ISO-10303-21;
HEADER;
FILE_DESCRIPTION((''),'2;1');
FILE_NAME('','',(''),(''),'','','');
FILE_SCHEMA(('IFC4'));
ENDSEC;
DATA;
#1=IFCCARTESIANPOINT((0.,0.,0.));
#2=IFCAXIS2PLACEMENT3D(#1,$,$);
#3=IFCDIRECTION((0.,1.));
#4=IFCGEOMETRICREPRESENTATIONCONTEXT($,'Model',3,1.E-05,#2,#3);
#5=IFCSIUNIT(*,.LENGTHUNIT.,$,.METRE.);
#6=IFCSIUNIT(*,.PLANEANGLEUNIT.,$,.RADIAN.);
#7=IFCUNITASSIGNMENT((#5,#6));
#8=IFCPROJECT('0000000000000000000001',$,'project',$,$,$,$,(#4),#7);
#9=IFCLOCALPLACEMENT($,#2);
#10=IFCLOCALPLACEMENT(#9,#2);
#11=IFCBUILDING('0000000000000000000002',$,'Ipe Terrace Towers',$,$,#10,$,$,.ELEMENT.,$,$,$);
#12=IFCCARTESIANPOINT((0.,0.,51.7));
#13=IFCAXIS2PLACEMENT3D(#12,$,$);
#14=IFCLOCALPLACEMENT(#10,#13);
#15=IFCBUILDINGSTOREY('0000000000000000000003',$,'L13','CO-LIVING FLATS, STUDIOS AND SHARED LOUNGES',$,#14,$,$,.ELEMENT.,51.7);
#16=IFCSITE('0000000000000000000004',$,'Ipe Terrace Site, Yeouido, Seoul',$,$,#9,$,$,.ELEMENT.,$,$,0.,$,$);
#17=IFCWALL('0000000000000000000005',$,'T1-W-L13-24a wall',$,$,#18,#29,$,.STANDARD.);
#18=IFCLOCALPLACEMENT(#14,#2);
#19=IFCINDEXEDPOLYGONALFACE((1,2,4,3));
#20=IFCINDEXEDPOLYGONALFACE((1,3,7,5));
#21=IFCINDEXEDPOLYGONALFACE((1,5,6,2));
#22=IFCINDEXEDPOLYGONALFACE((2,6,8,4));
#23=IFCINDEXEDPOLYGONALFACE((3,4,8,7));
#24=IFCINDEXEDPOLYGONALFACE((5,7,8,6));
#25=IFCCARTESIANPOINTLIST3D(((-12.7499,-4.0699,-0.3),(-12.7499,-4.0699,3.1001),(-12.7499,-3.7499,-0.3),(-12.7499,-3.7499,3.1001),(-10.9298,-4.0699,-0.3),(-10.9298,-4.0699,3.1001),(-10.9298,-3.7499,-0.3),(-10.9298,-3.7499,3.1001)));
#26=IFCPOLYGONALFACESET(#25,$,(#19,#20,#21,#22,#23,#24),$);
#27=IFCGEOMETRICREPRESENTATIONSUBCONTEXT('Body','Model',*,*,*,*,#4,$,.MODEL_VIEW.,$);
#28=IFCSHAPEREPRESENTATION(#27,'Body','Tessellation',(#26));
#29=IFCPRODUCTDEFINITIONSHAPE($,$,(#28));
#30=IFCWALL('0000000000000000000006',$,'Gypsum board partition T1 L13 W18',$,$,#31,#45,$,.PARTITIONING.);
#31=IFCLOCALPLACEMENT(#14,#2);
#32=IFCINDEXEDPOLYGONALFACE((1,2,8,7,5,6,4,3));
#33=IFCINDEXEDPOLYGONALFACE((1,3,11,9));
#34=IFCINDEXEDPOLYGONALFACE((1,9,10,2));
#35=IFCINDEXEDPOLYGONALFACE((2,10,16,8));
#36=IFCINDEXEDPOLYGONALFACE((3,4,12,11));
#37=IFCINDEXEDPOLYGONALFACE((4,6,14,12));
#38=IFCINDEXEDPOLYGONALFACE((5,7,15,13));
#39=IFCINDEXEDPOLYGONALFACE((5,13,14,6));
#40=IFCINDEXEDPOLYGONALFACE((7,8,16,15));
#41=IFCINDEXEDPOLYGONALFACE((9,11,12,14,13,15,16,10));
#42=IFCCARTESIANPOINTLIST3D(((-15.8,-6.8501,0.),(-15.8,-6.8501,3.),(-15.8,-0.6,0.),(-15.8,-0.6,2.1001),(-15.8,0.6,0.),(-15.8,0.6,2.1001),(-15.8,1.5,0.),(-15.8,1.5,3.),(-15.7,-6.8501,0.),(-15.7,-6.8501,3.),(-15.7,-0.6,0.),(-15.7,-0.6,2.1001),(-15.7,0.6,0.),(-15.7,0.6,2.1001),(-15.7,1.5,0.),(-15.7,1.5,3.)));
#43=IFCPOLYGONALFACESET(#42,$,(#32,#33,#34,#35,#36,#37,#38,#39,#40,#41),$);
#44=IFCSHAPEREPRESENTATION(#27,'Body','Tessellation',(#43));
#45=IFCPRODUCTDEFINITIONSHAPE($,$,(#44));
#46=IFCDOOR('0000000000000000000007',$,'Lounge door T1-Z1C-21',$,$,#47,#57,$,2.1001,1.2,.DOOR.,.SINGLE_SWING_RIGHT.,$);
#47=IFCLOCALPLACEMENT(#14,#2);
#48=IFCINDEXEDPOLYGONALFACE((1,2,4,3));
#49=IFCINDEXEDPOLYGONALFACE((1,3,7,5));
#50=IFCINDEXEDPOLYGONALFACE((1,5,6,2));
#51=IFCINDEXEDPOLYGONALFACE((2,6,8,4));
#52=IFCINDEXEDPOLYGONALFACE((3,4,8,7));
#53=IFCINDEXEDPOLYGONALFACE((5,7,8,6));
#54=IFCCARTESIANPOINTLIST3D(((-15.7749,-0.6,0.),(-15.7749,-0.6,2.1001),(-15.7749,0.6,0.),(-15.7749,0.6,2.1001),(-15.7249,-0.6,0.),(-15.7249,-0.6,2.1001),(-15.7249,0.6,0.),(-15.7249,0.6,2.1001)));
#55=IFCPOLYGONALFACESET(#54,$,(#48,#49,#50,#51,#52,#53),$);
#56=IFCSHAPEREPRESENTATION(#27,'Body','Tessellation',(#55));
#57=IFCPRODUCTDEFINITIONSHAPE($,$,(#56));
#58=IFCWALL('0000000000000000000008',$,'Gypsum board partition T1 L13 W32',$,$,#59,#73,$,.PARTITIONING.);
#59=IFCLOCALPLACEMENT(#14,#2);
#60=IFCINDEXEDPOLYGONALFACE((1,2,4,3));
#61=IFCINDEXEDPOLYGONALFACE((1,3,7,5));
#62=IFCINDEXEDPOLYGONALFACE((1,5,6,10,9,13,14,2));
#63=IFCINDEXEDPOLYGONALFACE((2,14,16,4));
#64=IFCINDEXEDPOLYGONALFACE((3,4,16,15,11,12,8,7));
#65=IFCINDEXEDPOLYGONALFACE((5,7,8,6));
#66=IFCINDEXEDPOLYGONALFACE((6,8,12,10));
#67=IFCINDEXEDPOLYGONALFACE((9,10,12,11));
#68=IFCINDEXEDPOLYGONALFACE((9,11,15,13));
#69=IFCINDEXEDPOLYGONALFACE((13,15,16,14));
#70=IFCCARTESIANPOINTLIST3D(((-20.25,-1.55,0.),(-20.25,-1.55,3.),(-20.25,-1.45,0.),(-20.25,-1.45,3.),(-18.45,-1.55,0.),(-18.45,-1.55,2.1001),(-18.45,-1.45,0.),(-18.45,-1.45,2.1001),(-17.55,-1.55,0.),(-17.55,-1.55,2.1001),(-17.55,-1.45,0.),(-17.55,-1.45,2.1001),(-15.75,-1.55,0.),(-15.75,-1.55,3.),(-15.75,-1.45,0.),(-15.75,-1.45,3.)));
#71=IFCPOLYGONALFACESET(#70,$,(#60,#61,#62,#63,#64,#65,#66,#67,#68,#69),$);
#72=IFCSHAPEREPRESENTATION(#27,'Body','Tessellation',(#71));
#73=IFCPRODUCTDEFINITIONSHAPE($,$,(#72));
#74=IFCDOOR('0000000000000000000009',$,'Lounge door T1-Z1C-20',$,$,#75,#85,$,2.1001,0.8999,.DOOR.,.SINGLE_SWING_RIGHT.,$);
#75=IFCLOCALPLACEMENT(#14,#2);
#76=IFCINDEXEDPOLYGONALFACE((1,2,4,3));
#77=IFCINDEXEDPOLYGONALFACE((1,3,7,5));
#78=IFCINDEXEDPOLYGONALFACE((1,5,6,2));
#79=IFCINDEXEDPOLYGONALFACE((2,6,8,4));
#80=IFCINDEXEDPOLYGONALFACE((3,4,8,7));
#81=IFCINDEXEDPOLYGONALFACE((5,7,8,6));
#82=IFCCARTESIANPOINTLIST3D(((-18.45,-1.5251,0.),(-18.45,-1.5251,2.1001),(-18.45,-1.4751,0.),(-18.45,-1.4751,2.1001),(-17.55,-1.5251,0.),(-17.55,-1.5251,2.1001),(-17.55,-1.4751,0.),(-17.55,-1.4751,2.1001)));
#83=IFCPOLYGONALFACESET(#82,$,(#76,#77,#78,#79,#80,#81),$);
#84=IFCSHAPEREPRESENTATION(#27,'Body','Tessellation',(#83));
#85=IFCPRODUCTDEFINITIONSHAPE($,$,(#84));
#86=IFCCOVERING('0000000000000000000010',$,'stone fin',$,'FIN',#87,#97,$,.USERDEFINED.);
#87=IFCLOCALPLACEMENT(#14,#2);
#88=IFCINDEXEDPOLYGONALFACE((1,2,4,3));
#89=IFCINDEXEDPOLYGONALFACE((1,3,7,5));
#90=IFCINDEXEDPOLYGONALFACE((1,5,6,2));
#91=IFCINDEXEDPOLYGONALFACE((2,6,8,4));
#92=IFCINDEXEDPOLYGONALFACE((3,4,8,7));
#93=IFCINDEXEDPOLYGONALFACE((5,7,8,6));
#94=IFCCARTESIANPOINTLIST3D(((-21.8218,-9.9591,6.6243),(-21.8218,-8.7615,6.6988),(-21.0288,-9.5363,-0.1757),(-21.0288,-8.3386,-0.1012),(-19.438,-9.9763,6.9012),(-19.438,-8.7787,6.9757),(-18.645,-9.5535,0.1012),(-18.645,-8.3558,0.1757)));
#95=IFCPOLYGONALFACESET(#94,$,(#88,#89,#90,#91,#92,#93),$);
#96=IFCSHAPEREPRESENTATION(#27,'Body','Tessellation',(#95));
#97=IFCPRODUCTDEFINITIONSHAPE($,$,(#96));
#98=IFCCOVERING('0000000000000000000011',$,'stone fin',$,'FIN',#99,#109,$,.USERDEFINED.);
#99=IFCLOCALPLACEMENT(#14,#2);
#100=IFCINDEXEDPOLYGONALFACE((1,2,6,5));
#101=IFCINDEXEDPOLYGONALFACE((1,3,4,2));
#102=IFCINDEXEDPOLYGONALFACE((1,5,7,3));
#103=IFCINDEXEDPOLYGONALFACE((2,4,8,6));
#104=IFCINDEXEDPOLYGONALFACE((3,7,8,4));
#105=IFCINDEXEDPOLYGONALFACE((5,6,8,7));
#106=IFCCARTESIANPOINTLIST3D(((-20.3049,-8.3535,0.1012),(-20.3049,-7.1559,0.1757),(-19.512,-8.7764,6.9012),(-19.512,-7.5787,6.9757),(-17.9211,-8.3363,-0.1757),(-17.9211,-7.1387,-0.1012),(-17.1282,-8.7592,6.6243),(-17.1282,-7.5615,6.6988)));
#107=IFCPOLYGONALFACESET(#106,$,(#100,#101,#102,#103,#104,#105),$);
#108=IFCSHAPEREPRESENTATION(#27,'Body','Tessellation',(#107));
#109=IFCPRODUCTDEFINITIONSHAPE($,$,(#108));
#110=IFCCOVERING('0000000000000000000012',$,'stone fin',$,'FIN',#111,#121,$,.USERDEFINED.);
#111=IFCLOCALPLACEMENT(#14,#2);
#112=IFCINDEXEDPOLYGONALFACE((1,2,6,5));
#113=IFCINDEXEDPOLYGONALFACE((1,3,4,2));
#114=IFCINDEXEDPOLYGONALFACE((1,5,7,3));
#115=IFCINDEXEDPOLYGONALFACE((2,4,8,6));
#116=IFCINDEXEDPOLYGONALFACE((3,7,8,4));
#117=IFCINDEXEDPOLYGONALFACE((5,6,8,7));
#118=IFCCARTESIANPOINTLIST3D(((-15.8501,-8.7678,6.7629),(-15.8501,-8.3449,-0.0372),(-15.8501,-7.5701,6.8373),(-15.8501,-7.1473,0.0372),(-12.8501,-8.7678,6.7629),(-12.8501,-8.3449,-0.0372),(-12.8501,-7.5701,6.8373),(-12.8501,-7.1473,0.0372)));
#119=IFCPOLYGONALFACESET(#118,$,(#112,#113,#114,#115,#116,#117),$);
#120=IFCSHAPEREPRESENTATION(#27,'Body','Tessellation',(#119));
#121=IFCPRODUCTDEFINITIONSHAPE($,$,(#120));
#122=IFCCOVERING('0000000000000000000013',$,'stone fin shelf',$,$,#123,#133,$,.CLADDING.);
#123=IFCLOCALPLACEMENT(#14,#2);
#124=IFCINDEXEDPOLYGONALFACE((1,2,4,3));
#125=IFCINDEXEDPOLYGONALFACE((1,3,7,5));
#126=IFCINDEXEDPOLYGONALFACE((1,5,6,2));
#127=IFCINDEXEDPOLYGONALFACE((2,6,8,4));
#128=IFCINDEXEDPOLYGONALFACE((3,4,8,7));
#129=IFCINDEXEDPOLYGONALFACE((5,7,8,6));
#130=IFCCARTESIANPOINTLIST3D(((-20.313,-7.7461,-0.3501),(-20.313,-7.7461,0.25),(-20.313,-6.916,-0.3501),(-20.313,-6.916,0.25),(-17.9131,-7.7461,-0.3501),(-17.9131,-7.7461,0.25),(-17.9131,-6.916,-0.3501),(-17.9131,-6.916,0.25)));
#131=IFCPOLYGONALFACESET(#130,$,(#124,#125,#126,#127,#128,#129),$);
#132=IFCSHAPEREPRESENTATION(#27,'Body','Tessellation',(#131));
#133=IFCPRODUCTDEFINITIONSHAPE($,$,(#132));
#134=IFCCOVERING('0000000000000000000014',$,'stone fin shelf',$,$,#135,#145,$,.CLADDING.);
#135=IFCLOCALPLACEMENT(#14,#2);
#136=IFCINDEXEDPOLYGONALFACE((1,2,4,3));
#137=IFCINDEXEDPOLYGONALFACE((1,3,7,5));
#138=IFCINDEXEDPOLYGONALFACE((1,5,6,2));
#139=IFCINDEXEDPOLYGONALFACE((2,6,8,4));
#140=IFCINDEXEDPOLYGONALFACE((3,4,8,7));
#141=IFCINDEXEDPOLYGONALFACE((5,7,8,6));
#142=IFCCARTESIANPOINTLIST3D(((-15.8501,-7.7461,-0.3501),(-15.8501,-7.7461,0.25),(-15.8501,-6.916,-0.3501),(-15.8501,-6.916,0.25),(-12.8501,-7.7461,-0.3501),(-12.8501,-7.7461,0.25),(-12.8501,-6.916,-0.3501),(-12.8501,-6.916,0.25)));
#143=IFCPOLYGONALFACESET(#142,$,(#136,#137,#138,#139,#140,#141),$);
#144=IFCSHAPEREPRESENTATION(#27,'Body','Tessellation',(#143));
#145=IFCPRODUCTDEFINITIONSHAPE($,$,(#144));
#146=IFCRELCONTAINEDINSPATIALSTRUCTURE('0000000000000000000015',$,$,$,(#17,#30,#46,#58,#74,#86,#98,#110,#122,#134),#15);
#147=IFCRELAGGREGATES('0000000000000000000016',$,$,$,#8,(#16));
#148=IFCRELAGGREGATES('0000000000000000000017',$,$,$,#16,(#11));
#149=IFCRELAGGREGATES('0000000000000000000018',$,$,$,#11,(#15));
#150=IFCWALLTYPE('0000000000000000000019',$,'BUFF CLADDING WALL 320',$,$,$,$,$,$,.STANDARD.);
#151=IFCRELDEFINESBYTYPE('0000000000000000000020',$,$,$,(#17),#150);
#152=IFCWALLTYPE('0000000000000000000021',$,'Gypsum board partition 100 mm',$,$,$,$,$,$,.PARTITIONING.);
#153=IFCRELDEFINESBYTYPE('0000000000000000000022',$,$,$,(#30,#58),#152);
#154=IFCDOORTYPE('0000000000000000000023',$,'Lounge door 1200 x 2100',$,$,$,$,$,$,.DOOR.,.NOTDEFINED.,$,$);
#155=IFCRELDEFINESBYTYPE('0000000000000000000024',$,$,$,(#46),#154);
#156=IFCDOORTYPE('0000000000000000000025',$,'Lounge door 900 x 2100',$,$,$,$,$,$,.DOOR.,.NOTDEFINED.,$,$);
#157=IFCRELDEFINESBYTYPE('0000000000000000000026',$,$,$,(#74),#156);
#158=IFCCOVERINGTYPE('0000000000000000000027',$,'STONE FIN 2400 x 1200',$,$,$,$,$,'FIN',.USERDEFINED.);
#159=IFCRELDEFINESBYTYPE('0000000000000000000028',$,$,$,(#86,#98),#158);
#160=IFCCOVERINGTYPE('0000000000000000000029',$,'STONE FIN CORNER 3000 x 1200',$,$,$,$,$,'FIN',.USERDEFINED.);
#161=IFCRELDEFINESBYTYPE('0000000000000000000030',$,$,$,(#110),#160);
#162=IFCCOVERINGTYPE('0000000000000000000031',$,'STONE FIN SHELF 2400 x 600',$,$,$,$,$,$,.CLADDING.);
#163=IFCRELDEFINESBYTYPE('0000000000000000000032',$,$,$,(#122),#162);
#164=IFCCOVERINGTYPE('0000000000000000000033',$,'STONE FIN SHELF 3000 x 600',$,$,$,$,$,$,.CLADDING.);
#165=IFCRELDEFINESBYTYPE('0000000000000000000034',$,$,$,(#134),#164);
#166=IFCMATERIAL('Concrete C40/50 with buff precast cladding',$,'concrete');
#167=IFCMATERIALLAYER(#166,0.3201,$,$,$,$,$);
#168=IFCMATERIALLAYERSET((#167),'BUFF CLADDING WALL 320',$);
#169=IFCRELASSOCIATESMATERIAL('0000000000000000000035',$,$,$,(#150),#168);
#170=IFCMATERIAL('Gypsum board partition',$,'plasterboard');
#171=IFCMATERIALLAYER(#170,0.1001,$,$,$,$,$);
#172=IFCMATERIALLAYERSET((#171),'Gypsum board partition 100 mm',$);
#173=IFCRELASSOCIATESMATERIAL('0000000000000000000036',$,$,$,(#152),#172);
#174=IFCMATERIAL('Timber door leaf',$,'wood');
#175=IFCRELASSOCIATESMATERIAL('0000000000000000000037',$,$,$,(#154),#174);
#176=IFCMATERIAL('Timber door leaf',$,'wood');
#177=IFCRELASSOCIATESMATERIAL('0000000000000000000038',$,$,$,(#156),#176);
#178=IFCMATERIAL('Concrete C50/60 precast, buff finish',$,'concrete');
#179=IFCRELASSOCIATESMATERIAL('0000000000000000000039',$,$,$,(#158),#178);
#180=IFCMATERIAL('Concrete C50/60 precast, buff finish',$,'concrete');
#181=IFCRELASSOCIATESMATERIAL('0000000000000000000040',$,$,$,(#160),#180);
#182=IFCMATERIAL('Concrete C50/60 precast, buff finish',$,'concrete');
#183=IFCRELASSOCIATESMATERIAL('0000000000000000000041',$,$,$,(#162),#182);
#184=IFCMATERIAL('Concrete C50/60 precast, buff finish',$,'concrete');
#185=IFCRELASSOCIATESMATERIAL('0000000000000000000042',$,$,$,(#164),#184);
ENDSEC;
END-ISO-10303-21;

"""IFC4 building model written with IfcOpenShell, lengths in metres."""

from ifc_helpers import new_model, si_unit, direction, frame, frame_2d, origin, origin_2d, place, context, subcontext, project, spatial, rectangle, extrude, material, layer, layer_set, material_profile, profile_set, type_object, element, fill, save


model = new_model("IFC4")

# Units and contexts
model_context = context("Model", 3, precision=1e-05, world=origin(), true_north=direction((0.0, 1.0)))
body_context = subcontext(model_context, "Body", "Model", "MODEL_VIEW")
ifc_project = project(units=[si_unit("LENGTHUNIT", "METRE"), si_unit("PLANEANGLEUNIT", "RADIAN")], contexts=[model_context])

# Site, building, storey
site_placement = place(None, origin())
site = spatial("IfcSite", under=ifc_project, at=site_placement, Name="Ipe Terrace Site, Yeouido, Seoul", CompositionType="ELEMENT", RefElevation=0.0)
building_placement = place(site_placement, origin())
building = spatial("IfcBuilding", under=site, at=building_placement, Name="Ipe Terrace Towers", CompositionType="ELEMENT")
storey_placement = place(building_placement, frame((0.0, 0.0, 51.7)))
storey = spatial("IfcBuildingStorey", under=building, at=storey_placement, Name="L13", Description="CO-LIVING FLATS, STUDIOS AND SHARED LOUNGES", CompositionType="ELEMENT", Elevation=51.7)

# Wall
ifc_material_1 = material(Name="Concrete C40/50 with buff precast cladding", Category="concrete")
ifc_layer_1 = layer(ifc_material_1, 0.3201)
ifc_layer_set_1 = layer_set([ifc_layer_1], Name="BUFF CLADDING WALL 320")
wall_type_1 = type_object("IfcWallType", Name="BUFF CLADDING WALL 320", PredefinedType="STANDARD", material=ifc_layer_set_1)
wall_1_placement = place(storey_placement, frame((-12.75, -3.9099, -0.3), z_axis=(0.0, 0.0, 1.0), x_axis=(1.0, 0.0, 0.0)))
element("IfcWall", 1, at=wall_1_placement, inside=storey, type_object=wall_type_1, Name="T1-W-L13-24a wall", PredefinedType="STANDARD", context=body_context, shape_type="SweptSolid", body=[
    extrude(rectangle(XDim=1.8201, YDim=0.3201, at=frame_2d((0.9102, 0.0))), origin(), (0.0, 0.0, 1.0), 3.4001),
])

# Walls, openings, doors
ifc_material_2 = material(Name="Gypsum board partition", Category="plasterboard")
ifc_layer_2 = layer(ifc_material_2, 0.1001)
ifc_layer_set_2 = layer_set([ifc_layer_2], Name="Gypsum board partition 100 mm")
wall_type_2 = type_object("IfcWallType", Name="Gypsum board partition 100 mm", PredefinedType="PARTITIONING", material=ifc_layer_set_2)
wall_2_placement = place(storey_placement, frame((-15.75, -6.8501, 0.0), z_axis=(0.0, 0.0, 1.0), x_axis=(0.0, 1.0, 0.0)))
wall_2 = element("IfcWall", 2, at=wall_2_placement, inside=storey, type_object=wall_type_2, Name="Gypsum board partition T1 L13 W18", PredefinedType="PARTITIONING", context=body_context, shape_type="SweptSolid", body=[
    extrude(rectangle(XDim=8.3501, YDim=0.1001, at=frame_2d((4.175, 0.0))), origin(), (0.0, 0.0, 1.0), 3.0),
])
opening_1_placement = place(wall_2_placement, frame((6.25, 0.0, 0.0)))
opening_1 = element("IfcOpeningElement", 3, at=opening_1_placement, cuts=wall_2, PredefinedType="OPENING", context=body_context, shape_type="SweptSolid", body=[
    extrude(rectangle(XDim=1.2, YDim=2.1001, at=frame_2d((0.6001, 1.05))), frame((0.0, 0.0601, 0.0), z_axis=(0.0, -1.0, 0.0), x_axis=(1.0, 0.0, 0.0)), (0.0, 0.0, 1.0), 0.1201),
])
ifc_material_3 = material(Name="Timber door leaf", Category="wood")
door_type_1 = type_object("IfcDoorType", Name="Lounge door 1200 x 2100", OperationType="NOTDEFINED", PredefinedType="DOOR", material=ifc_material_3)
door_1_placement = place(opening_1_placement, origin())
door_1 = element("IfcDoor", 4, at=door_1_placement, inside=storey, type_object=door_type_1, Name="Lounge door T1-Z1C-21", OperationType="SINGLE_SWING_RIGHT", OverallHeight=2.1001, OverallWidth=1.2, PredefinedType="DOOR", context=body_context, shape_type="SweptSolid", body=[
    extrude(rectangle(XDim=1.2, YDim=2.1001, at=frame_2d((0.6001, 1.05))), frame((0.0, 0.0249, 0.0), z_axis=(0.0, -1.0, 0.0), x_axis=(1.0, 0.0, 0.0)), (0.0, 0.0, 1.0), 0.05),
])
fill(opening_1, door_1)
wall_3_placement = place(storey_placement, frame((-20.25, -1.5, 0.0), z_axis=(0.0, 0.0, 1.0), x_axis=(1.0, 0.0, 0.0)))
wall_3 = element("IfcWall", 5, at=wall_3_placement, inside=storey, type_object=wall_type_2, Name="Gypsum board partition T1 L13 W32", PredefinedType="PARTITIONING", context=body_context, shape_type="SweptSolid", body=[
    extrude(rectangle(XDim=4.5, YDim=0.1001, at=frame_2d((2.25, 0.0))), origin(), (0.0, 0.0, 1.0), 3.0),
])
opening_2_placement = place(wall_3_placement, frame((1.8, 0.0, 0.0)))
opening_2 = element("IfcOpeningElement", 6, at=opening_2_placement, cuts=wall_3, PredefinedType="OPENING", context=body_context, shape_type="SweptSolid", body=[
    extrude(rectangle(XDim=0.8999, YDim=2.1001, at=frame_2d((0.45, 1.05))), frame((0.0, 0.0601, 0.0), z_axis=(0.0, -1.0, 0.0), x_axis=(1.0, 0.0, 0.0)), (0.0, 0.0, 1.0), 0.1201),
])
ifc_material_4 = material(Name="Timber door leaf", Category="wood")
door_type_2 = type_object("IfcDoorType", Name="Lounge door 900 x 2100", OperationType="NOTDEFINED", PredefinedType="DOOR", material=ifc_material_4)
door_2_placement = place(opening_2_placement, origin())
door_2 = element("IfcDoor", 7, at=door_2_placement, inside=storey, type_object=door_type_2, Name="Lounge door T1-Z1C-20", OperationType="SINGLE_SWING_RIGHT", OverallHeight=2.1001, OverallWidth=0.8999, PredefinedType="DOOR", context=body_context, shape_type="SweptSolid", body=[
    extrude(rectangle(XDim=0.8999, YDim=2.1001, at=frame_2d((0.45, 1.05))), frame((0.0, 0.0249, 0.0), z_axis=(0.0, -1.0, 0.0), x_axis=(1.0, 0.0, 0.0)), (0.0, 0.0, 1.0), 0.05),
])
fill(opening_2, door_2)

# Coverings
ifc_material_5 = material(Name="Concrete C50/60 precast, buff finish", Category="concrete")
ifc_material_profile_1 = material_profile(ifc_material_5, rectangle(XDim=2.3999, YDim=1.2, at=origin_2d()), Name="STONE FIN 2400 x 1200")
ifc_profile_set_1 = profile_set([ifc_material_profile_1], Name="Concrete C50/60 precast, buff finish")
covering_type_1 = type_object("IfcCoveringType", Name="STONE FIN 2400 x 1200", ElementType="FIN", PredefinedType="USERDEFINED", material=ifc_profile_set_1)
for number, where, z_axis, x_axis, name in (
    (8, (-19.8369, -8.946, 0.0), (-0.115607, -0.061648, 0.99138), (0.993295, -0.007175, 0.115384), "stone fin"),
    (9, (-19.113, -7.7461, 0.0), (0.115607, -0.061648, 0.99138), (0.993295, 0.007175, -0.115384), "stone fin"),
):
    element("IfcCovering", number, at=place(storey_placement, frame(where, z_axis=z_axis, x_axis=x_axis)), inside=storey, type_object=covering_type_1, Name=name, ObjectType="FIN", PredefinedType="USERDEFINED", context=body_context, shape_type="SweptSolid", body=[
        extrude(rectangle(XDim=2.3999, YDim=1.2, at=origin_2d()), origin(), (0.0, 0.0, 1.0), 6.8591),
    ])
ifc_material_6 = material(Name="Concrete C50/60 precast, buff finish", Category="concrete")
ifc_material_profile_2 = material_profile(ifc_material_6, rectangle(XDim=3.0, YDim=1.2, at=origin_2d()), Name="STONE FIN CORNER 3000 x 1200")
ifc_profile_set_2 = profile_set([ifc_material_profile_2], Name="Concrete C50/60 precast, buff finish")
covering_type_2 = type_object("IfcCoveringType", Name="STONE FIN CORNER 3000 x 1200", ElementType="FIN", PredefinedType="USERDEFINED", material=ifc_profile_set_2)
covering_1_placement = place(storey_placement, frame((-14.3501, -7.7461, 0.0), z_axis=(0.0, -0.062064, 0.998072), x_axis=(1.0, 0.0, 0.0)))
element("IfcCovering", 10, at=covering_1_placement, inside=storey, type_object=covering_type_2, Name="stone fin", ObjectType="FIN", PredefinedType="USERDEFINED", context=body_context, shape_type="SweptSolid", body=[
    extrude(rectangle(XDim=3.0, YDim=1.2, at=origin_2d()), origin(), (0.0, 0.0, 1.0), 6.8132),
])
ifc_material_7 = material(Name="Concrete C50/60 precast, buff finish", Category="concrete")
covering_type_3 = type_object("IfcCoveringType", Name="STONE FIN SHELF 2400 x 600", PredefinedType="CLADDING", material=ifc_material_7)
covering_2_placement = place(storey_placement, frame((-19.113, -7.3311, -0.3501), z_axis=(0.0, 0.0, 1.0), x_axis=(1.0, 0.0, 0.0)))
element("IfcCovering", 11, at=covering_2_placement, inside=storey, type_object=covering_type_3, Name="stone fin shelf", PredefinedType="CLADDING", context=body_context, shape_type="SweptSolid", body=[
    extrude(rectangle(XDim=2.3999, YDim=0.8301, at=origin_2d()), origin(), (0.0, 0.0, 1.0), 0.6001),
])
ifc_material_8 = material(Name="Concrete C50/60 precast, buff finish", Category="concrete")
covering_type_4 = type_object("IfcCoveringType", Name="STONE FIN SHELF 3000 x 600", PredefinedType="CLADDING", material=ifc_material_8)
covering_3_placement = place(storey_placement, frame((-14.3501, -7.3311, -0.3501), z_axis=(0.0, 0.0, 1.0), x_axis=(1.0, 0.0, 0.0)))
element("IfcCovering", 12, at=covering_3_placement, inside=storey, type_object=covering_type_4, Name="stone fin shelf", PredefinedType="CLADDING", context=body_context, shape_type="SweptSolid", body=[
    extrude(rectangle(XDim=3.0, YDim=0.8301, at=origin_2d()), origin(), (0.0, 0.0, 1.0), 0.6001),
])

save(model, "model.ifc")
